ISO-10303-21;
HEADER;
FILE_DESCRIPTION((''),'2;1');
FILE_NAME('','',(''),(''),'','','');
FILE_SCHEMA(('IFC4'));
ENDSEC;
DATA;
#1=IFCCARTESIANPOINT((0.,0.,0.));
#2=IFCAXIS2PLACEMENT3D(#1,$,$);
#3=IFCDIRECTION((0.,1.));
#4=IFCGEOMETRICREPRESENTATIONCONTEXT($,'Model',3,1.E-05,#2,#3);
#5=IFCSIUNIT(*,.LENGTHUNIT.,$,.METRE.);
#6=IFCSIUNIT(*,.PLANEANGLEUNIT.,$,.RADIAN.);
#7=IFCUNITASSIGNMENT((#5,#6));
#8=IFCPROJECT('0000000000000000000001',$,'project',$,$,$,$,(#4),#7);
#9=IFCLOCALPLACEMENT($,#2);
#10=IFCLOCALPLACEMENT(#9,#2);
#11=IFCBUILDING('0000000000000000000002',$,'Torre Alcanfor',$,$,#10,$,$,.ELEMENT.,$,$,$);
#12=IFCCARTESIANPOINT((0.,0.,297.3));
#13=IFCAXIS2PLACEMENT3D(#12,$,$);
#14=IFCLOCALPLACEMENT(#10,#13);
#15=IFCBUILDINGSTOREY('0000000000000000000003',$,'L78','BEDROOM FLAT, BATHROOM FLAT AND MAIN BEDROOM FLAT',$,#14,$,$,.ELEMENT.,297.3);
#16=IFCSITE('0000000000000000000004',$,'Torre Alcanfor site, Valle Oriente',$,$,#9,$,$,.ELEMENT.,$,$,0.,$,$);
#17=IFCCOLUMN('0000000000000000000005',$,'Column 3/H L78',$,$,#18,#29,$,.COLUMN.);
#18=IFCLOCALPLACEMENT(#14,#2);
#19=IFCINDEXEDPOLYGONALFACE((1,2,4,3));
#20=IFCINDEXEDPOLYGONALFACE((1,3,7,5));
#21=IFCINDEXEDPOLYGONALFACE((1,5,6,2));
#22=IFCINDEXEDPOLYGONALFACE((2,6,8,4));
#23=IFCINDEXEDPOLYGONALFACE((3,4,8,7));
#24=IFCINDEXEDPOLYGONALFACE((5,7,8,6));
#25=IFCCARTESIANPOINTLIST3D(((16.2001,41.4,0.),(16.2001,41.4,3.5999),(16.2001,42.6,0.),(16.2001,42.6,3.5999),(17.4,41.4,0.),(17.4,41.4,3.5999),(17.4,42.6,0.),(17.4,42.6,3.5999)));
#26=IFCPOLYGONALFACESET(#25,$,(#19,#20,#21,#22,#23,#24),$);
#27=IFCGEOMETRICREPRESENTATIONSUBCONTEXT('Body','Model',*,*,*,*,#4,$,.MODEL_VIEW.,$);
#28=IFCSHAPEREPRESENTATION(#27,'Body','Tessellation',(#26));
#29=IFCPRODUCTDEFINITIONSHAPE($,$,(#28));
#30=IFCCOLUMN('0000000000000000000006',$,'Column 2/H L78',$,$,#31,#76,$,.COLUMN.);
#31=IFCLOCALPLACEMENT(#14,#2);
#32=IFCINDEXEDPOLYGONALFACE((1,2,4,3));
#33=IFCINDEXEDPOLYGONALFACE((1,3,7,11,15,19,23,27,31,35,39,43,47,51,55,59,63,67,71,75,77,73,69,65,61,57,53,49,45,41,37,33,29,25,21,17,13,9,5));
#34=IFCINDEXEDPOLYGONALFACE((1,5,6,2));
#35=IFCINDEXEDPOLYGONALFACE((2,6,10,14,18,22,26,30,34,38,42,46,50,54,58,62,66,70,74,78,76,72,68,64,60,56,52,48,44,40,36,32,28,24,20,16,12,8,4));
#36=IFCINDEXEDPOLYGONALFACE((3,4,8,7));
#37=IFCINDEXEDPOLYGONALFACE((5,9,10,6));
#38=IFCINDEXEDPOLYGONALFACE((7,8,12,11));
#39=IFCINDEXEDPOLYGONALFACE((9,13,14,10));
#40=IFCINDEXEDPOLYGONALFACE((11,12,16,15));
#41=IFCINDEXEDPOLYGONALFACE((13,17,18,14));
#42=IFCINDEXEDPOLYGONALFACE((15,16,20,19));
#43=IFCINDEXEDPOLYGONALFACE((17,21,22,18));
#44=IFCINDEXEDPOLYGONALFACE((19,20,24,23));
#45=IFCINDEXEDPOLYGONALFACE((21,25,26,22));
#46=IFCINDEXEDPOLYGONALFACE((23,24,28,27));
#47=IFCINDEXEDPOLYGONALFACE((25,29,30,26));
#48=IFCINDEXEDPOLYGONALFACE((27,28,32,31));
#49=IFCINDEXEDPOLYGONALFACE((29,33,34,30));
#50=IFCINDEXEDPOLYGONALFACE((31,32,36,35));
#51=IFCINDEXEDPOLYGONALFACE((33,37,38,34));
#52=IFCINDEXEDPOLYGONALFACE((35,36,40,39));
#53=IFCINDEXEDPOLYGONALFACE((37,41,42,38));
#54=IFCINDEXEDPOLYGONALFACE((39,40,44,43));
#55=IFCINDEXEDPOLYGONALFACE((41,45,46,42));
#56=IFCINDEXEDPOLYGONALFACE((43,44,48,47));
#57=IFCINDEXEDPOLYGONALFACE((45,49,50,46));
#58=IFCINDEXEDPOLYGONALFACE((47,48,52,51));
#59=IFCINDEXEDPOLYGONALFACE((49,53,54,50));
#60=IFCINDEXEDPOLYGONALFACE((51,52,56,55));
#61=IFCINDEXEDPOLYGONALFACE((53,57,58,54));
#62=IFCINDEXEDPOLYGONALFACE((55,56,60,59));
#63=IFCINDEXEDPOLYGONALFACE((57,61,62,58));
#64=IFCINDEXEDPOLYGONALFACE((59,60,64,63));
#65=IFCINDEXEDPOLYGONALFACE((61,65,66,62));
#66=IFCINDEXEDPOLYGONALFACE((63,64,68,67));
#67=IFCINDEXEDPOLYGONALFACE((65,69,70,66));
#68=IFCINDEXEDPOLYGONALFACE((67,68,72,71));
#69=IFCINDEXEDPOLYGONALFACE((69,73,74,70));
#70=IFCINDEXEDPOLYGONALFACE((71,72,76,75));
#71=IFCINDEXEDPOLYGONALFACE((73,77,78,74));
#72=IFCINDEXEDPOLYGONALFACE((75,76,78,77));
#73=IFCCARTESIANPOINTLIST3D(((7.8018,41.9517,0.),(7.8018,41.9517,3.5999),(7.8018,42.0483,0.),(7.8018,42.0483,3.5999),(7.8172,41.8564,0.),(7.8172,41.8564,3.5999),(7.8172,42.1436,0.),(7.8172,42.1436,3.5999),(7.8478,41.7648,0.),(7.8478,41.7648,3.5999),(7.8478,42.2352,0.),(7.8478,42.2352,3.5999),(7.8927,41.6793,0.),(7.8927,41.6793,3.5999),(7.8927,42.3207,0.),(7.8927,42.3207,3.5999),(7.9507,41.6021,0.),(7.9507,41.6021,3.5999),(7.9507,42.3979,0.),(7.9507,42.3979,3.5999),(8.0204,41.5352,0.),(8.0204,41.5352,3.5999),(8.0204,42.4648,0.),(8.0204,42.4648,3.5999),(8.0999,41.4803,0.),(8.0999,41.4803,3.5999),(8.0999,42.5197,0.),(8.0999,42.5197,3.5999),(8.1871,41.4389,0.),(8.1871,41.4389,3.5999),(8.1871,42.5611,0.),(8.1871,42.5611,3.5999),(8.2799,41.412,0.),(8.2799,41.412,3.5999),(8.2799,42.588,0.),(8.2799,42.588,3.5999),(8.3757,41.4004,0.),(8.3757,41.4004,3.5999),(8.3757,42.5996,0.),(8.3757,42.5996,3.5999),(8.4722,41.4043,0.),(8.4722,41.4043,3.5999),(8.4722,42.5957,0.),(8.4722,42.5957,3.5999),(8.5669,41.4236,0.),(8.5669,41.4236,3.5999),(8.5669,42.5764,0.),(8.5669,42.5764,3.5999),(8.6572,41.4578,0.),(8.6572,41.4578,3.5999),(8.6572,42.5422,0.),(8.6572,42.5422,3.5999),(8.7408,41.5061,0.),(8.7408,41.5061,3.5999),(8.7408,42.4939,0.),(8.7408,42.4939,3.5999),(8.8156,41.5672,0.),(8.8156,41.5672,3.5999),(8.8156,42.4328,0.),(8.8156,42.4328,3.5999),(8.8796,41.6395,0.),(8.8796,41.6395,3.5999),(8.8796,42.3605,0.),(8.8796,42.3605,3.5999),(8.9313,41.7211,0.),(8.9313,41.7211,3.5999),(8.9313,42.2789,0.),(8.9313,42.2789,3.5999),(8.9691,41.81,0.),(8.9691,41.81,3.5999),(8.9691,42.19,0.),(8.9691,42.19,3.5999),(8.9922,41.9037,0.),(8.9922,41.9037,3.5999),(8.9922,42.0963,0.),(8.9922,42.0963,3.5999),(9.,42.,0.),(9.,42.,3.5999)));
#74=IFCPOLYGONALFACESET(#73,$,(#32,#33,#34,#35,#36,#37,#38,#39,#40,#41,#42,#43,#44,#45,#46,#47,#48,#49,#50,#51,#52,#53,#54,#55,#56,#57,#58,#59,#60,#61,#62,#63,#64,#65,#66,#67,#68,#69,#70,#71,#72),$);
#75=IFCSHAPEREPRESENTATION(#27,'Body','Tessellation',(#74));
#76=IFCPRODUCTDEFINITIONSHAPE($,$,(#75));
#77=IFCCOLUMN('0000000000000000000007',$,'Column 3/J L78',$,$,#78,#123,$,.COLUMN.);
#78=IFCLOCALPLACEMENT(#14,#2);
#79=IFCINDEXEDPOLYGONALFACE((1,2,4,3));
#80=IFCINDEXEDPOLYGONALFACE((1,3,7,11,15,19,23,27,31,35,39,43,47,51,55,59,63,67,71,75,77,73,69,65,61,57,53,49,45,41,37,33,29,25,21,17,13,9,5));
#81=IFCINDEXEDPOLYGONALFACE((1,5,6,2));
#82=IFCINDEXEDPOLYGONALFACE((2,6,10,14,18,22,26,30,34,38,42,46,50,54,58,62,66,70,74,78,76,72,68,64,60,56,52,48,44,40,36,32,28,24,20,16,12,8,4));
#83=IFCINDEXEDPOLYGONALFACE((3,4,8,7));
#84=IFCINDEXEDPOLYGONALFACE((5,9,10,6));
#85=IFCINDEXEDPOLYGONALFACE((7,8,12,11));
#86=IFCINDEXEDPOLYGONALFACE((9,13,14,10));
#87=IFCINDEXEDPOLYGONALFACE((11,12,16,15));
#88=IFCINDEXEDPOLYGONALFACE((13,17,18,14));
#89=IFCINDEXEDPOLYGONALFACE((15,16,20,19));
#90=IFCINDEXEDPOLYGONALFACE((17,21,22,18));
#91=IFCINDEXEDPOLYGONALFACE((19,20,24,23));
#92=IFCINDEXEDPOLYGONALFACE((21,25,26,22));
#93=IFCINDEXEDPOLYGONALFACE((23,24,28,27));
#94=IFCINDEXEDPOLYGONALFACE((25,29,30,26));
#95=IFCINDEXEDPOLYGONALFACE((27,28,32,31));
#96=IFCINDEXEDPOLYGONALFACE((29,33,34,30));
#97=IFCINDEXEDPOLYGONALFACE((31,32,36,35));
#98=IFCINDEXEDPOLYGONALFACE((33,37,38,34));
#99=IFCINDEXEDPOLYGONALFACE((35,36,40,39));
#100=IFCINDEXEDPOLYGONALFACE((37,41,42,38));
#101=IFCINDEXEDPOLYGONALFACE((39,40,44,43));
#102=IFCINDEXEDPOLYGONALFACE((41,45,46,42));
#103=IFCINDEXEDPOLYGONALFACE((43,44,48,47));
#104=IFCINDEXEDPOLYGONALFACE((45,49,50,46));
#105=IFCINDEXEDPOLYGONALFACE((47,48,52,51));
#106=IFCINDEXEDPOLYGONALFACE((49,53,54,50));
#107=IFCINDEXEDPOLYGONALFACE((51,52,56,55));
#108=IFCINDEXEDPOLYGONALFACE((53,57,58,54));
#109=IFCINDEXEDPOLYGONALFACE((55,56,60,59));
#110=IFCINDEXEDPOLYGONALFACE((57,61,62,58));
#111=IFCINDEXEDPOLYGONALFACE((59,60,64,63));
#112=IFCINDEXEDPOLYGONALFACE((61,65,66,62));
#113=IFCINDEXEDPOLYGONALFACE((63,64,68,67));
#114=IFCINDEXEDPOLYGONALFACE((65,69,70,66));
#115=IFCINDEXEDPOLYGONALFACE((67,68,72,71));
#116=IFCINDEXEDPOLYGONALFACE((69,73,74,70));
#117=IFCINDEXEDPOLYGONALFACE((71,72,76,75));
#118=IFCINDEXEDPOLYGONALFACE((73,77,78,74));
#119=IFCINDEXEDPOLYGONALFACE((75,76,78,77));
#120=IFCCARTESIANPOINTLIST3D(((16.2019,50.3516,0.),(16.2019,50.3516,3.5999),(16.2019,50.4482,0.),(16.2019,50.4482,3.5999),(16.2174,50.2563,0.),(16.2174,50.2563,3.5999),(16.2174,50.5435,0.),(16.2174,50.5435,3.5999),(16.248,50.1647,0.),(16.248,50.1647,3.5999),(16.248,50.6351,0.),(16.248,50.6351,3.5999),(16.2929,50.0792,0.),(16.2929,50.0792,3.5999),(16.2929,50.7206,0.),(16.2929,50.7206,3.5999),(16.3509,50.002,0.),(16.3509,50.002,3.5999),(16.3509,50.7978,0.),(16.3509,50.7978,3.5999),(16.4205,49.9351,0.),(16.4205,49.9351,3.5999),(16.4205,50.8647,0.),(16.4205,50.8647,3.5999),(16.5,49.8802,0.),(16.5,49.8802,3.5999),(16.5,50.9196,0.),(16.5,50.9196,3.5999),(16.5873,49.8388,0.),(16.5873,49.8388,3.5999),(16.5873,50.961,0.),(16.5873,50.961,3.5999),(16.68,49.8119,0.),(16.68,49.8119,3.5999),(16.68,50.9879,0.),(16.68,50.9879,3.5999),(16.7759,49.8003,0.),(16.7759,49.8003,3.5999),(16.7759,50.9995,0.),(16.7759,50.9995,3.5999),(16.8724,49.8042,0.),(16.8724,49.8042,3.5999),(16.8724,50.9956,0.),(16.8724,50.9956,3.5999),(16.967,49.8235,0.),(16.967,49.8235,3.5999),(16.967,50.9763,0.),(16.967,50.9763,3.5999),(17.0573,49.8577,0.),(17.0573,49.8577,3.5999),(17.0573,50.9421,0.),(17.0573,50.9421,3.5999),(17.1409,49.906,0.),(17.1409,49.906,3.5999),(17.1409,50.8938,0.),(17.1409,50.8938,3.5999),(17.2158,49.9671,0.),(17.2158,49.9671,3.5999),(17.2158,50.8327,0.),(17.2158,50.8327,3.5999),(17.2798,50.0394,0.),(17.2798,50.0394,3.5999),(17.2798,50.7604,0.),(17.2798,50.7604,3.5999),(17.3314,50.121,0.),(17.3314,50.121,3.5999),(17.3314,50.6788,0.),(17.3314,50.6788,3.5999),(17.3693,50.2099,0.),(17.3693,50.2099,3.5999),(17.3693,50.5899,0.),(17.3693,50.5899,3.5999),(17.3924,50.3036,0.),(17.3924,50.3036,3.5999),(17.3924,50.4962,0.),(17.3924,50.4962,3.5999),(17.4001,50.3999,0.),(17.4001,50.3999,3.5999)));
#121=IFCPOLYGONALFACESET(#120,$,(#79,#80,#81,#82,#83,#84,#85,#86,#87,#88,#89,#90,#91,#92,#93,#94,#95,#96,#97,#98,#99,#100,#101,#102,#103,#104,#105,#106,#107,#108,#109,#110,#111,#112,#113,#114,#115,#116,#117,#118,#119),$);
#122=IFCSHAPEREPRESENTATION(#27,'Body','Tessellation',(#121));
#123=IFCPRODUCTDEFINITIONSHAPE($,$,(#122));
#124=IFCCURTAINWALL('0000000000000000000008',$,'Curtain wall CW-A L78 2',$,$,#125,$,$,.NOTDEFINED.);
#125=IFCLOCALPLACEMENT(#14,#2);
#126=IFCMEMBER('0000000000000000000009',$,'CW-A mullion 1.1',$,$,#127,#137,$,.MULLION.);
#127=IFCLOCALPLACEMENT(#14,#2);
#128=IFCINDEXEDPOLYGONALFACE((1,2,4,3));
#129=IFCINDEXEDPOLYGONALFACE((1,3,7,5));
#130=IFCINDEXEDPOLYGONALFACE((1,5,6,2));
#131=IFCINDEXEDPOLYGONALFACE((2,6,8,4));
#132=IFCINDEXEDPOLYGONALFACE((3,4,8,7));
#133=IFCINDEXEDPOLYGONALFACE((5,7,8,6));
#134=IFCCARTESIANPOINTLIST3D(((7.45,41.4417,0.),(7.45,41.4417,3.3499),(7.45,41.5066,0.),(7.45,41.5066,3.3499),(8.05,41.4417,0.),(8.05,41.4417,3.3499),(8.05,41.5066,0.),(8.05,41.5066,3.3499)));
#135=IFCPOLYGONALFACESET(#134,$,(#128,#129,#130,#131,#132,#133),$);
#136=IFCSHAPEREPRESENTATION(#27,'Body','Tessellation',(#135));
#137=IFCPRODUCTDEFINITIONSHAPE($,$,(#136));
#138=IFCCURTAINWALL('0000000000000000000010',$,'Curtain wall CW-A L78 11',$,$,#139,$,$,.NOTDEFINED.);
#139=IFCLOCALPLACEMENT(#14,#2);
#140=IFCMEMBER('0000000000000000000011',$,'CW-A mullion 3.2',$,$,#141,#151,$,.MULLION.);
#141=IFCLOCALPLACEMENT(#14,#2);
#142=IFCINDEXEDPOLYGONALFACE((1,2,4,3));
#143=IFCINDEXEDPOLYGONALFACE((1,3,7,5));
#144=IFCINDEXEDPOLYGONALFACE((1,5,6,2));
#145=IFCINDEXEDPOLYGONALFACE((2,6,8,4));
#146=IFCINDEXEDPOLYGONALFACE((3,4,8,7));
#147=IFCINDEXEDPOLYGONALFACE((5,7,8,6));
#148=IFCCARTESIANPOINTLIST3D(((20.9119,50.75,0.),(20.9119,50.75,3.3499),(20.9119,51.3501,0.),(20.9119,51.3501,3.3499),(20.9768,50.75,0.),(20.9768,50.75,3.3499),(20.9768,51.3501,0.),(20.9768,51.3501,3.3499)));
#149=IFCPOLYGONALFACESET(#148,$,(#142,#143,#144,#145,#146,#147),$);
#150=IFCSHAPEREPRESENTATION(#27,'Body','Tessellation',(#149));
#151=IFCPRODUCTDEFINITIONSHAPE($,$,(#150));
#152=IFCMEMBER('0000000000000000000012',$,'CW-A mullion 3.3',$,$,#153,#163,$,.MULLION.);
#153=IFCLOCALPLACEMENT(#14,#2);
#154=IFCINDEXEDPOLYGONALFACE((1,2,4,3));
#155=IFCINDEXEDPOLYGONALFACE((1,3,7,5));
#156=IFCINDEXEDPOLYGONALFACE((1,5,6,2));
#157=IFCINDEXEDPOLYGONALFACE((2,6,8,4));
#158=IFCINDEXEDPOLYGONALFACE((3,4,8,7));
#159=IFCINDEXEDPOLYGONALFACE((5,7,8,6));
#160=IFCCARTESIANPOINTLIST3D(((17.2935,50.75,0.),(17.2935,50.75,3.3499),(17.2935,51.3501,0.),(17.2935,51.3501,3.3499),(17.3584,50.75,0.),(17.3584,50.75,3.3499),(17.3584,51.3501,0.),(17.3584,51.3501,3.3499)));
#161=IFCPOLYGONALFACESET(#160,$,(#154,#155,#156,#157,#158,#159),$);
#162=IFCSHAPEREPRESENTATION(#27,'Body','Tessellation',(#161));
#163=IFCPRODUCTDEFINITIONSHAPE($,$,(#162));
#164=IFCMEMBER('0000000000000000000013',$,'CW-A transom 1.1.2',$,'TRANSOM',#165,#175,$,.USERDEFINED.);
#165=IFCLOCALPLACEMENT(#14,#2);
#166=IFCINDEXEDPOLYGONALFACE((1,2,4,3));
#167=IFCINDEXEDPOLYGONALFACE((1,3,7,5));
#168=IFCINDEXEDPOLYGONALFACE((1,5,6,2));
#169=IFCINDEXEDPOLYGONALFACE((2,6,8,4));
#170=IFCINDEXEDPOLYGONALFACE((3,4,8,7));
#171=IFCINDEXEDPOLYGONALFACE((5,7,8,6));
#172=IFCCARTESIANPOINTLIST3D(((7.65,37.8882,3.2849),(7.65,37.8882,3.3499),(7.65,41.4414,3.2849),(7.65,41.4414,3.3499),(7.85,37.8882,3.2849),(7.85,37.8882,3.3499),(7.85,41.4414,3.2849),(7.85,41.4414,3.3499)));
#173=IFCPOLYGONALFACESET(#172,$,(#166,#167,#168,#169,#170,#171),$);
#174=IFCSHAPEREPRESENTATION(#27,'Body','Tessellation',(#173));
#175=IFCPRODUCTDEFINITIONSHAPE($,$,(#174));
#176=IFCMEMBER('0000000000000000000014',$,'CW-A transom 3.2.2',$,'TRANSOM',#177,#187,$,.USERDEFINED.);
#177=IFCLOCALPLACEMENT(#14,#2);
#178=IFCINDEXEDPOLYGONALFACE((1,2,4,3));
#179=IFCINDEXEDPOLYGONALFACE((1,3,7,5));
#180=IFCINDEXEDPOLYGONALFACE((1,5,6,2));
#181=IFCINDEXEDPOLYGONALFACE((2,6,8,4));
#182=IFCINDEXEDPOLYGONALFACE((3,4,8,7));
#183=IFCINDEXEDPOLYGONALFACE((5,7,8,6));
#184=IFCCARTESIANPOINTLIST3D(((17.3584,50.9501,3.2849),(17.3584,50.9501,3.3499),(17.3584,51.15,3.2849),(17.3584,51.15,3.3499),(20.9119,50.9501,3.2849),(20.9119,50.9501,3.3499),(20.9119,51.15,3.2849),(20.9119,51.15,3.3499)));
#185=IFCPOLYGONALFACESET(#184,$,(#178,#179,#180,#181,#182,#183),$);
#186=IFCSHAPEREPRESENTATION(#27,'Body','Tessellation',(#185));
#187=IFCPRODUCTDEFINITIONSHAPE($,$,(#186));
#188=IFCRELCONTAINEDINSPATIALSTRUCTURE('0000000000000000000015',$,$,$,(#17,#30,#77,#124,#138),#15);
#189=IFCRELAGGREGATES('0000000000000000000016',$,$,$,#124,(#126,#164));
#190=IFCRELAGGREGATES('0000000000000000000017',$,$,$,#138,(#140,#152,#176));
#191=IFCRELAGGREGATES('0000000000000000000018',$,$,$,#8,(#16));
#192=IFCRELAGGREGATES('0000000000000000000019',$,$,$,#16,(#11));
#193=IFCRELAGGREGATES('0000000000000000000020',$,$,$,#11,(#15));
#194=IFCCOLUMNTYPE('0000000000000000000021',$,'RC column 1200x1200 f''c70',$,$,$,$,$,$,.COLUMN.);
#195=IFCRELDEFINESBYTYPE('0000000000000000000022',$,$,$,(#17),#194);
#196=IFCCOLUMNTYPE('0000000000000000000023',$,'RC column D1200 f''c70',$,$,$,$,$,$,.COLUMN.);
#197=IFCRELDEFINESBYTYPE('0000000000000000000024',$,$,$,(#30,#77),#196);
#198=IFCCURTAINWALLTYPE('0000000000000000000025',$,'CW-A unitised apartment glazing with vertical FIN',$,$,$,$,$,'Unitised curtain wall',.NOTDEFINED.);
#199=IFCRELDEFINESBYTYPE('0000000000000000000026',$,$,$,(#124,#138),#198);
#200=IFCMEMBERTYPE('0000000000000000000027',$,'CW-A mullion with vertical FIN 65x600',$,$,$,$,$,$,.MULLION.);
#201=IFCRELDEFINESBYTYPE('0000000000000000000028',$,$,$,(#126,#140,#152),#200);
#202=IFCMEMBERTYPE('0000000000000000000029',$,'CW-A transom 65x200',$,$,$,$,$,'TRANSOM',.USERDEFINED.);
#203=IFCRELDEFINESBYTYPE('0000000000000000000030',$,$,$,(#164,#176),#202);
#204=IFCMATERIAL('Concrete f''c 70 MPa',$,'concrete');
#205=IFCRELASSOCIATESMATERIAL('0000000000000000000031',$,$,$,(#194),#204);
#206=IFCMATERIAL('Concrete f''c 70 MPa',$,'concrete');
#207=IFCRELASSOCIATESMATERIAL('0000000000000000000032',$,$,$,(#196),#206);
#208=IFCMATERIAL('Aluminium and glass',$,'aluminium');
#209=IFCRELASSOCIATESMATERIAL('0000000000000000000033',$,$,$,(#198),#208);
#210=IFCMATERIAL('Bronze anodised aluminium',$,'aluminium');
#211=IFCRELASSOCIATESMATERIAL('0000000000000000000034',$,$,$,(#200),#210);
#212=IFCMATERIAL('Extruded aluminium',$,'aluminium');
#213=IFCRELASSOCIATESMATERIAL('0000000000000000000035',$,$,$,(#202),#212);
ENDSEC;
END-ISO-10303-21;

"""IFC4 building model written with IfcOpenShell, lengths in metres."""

from ifc_helpers import new_model, si_unit, direction, frame, origin, origin_2d, place, context, subcontext, project, spatial, rectangle, circle, extrude, material, material_profile, profile_set, type_object, element, aggregate, save


model = new_model("IFC4")

# Units and contexts
model_context = context("Model", 3, precision=1e-05, world=origin(), true_north=direction((0.0, 1.0)))
body_context = subcontext(model_context, "Body", "Model", "MODEL_VIEW")
ifc_project = project(units=[si_unit("LENGTHUNIT", "METRE"), si_unit("PLANEANGLEUNIT", "RADIAN")], contexts=[model_context])

# Site, building, storey
site_placement = place(None, origin())
site = spatial("IfcSite", under=ifc_project, at=site_placement, Name="Torre Alcanfor site, Valle Oriente", CompositionType="ELEMENT", RefElevation=0.0)
building_placement = place(site_placement, origin())
building = spatial("IfcBuilding", under=site, at=building_placement, Name="Torre Alcanfor", CompositionType="ELEMENT")
storey_placement = place(building_placement, frame((0.0, 0.0, 297.3)))
storey = spatial("IfcBuildingStorey", under=building, at=storey_placement, Name="L78", Description="BEDROOM FLAT, BATHROOM FLAT AND MAIN BEDROOM FLAT", CompositionType="ELEMENT", Elevation=297.3)

# Columns
ifc_material_1 = material(Name="Concrete f'c 70 MPa", Category="concrete")
ifc_material_profile_1 = material_profile(ifc_material_1, rectangle(XDim=1.2, YDim=1.2, at=origin_2d()), Name="1200x1200")
ifc_profile_set_1 = profile_set([ifc_material_profile_1], Name="Concrete f'c 70 MPa")
column_type_1 = type_object("IfcColumnType", Name="RC column 1200x1200 f'c70", PredefinedType="COLUMN", material=ifc_profile_set_1)
column_placement = place(storey_placement, frame((16.8, 42.0, 0.0), z_axis=(0.0, 0.0, 1.0), x_axis=(1.0, 0.0, 0.0)))
element("IfcColumn", 1, at=column_placement, inside=storey, type_object=column_type_1, Name="Column 3/H L78", PredefinedType="COLUMN", context=body_context, shape_type="SweptSolid", body=[
    extrude(rectangle(XDim=1.2, YDim=1.2, at=origin_2d()), origin(), (0.0, 0.0, 1.0), 3.5999),
])
ifc_material_2 = material(Name="Concrete f'c 70 MPa", Category="concrete")
ifc_material_profile_2 = material_profile(ifc_material_2, circle(Radius=0.6001, at=origin_2d()), Name="D1200")
ifc_profile_set_2 = profile_set([ifc_material_profile_2], Name="Concrete f'c 70 MPa")
column_type_2 = type_object("IfcColumnType", Name="RC column D1200 f'c70", PredefinedType="COLUMN", material=ifc_profile_set_2)
for number, where, z_axis, x_axis, name in (
    (2, (8.3999, 42.0, 0.0), (0.0, 0.0, 1.0), (1.0, 0.0, 0.0), "Column 2/H L78"),
    (3, (16.8, 50.3999, 0.0), (0.0, 0.0, 1.0), (1.0, 0.0, 0.0), "Column 3/J L78"),
):
    element("IfcColumn", number, at=place(storey_placement, frame(where, z_axis=z_axis, x_axis=x_axis)), inside=storey, type_object=column_type_2, Name=name, PredefinedType="COLUMN", context=body_context, shape_type="SweptSolid", body=[
        extrude(circle(Radius=0.6001, at=origin_2d()), origin(), (0.0, 0.0, 1.0), 3.5999),
    ])

# Curtain wall, member
ifc_material_3 = material(Name="Aluminium and glass", Category="aluminium")
curtain_wall_type = type_object("IfcCurtainWallType", Name="CW-A unitised apartment glazing with vertical FIN", ElementType="Unitised curtain wall", PredefinedType="NOTDEFINED", material=ifc_material_3)
curtain_wall_1_placement = place(storey_placement, origin())
curtain_wall_1 = element("IfcCurtainWall", 4, at=curtain_wall_1_placement, inside=storey, type_object=curtain_wall_type, Name="Curtain wall CW-A L78 2", PredefinedType="NOTDEFINED")
ifc_material_4 = material(Name="Bronze anodised aluminium", Category="aluminium")
ifc_material_profile_3 = material_profile(ifc_material_4, rectangle(XDim=0.6001, YDim=0.0649, at=origin_2d()), Name="CW-A mullion 65x600")
ifc_profile_set_3 = profile_set([ifc_material_profile_3], Name="Bronze anodised aluminium")
member_type_1 = type_object("IfcMemberType", Name="CW-A mullion with vertical FIN 65x600", PredefinedType="MULLION", material=ifc_profile_set_3)
member_1_placement = place(storey_placement, frame((7.75, 41.4741, 0.0), z_axis=(0.0, 0.0, 1.0), x_axis=(1.0, 0.0, 0.0)))
member_1 = element("IfcMember", 5, at=member_1_placement, type_object=member_type_1, Name="CW-A mullion 1.1", PredefinedType="MULLION", context=body_context, shape_type="SweptSolid", body=[
    extrude(rectangle(XDim=0.6001, YDim=0.0649, at=origin_2d()), origin(), (0.0, 0.0, 1.0), 3.3499),
])

# Curtain wall, members
curtain_wall_2_placement = place(storey_placement, origin())
curtain_wall_2 = element("IfcCurtainWall", 6, at=curtain_wall_2_placement, inside=storey, type_object=curtain_wall_type, Name="Curtain wall CW-A L78 11", PredefinedType="NOTDEFINED")
member_2_placement = place(storey_placement, frame((20.9443, 51.05, 0.0), z_axis=(0.0, 0.0, 1.0), x_axis=(0.0, -1.0, 0.0)))
member_2 = element("IfcMember", 7, at=member_2_placement, type_object=member_type_1, Name="CW-A mullion 3.2", PredefinedType="MULLION", context=body_context, shape_type="SweptSolid", body=[
    extrude(rectangle(XDim=0.6001, YDim=0.0649, at=origin_2d()), origin(), (0.0, 0.0, 1.0), 3.3499),
])
member_3_placement = place(storey_placement, frame((17.3259, 51.05, 0.0), z_axis=(0.0, 0.0, 1.0), x_axis=(0.0, -1.0, 0.0)))
member_3 = element("IfcMember", 8, at=member_3_placement, type_object=member_type_1, Name="CW-A mullion 3.3", PredefinedType="MULLION", context=body_context, shape_type="SweptSolid", body=[
    extrude(rectangle(XDim=0.6001, YDim=0.0649, at=origin_2d()), origin(), (0.0, 0.0, 1.0), 3.3499),
])

# Members
ifc_material_5 = material(Name="Extruded aluminium", Category="aluminium")
ifc_material_profile_4 = material_profile(ifc_material_5, rectangle(XDim=0.2, YDim=0.0649, at=origin_2d()), Name="CW-A transom 200x65")
ifc_profile_set_4 = profile_set([ifc_material_profile_4], Name="Extruded aluminium")
member_type_2 = type_object("IfcMemberType", Name="CW-A transom 65x200", ElementType="TRANSOM", PredefinedType="USERDEFINED", material=ifc_profile_set_4)
member_4_placement = place(storey_placement, frame((7.75, 41.4414, 3.3174), z_axis=(0.0, -1.0, 0.0), x_axis=(1.0, 0.0, 0.0)))
member_4 = element("IfcMember", 9, at=member_4_placement, type_object=member_type_2, Name="CW-A transom 1.1.2", ObjectType="TRANSOM", PredefinedType="USERDEFINED", context=body_context, shape_type="SweptSolid", body=[
    extrude(rectangle(XDim=0.2, YDim=0.0649, at=origin_2d()), origin(), (0.0, 0.0, 1.0), 3.5532),
])
member_5_placement = place(storey_placement, frame((20.9119, 51.05, 3.3174), z_axis=(-1.0, 0.0, 0.0), x_axis=(0.0, -1.0, 0.0)))
member_5 = element("IfcMember", 10, at=member_5_placement, type_object=member_type_2, Name="CW-A transom 3.2.2", ObjectType="TRANSOM", PredefinedType="USERDEFINED", context=body_context, shape_type="SweptSolid", body=[
    extrude(rectangle(XDim=0.2, YDim=0.0649, at=origin_2d()), origin(), (0.0, 0.0, 1.0), 3.5535),
])

aggregate(curtain_wall_1, [member_1, member_4])
aggregate(curtain_wall_2, [member_2, member_3, member_5])

save(model, "model.ifc")
